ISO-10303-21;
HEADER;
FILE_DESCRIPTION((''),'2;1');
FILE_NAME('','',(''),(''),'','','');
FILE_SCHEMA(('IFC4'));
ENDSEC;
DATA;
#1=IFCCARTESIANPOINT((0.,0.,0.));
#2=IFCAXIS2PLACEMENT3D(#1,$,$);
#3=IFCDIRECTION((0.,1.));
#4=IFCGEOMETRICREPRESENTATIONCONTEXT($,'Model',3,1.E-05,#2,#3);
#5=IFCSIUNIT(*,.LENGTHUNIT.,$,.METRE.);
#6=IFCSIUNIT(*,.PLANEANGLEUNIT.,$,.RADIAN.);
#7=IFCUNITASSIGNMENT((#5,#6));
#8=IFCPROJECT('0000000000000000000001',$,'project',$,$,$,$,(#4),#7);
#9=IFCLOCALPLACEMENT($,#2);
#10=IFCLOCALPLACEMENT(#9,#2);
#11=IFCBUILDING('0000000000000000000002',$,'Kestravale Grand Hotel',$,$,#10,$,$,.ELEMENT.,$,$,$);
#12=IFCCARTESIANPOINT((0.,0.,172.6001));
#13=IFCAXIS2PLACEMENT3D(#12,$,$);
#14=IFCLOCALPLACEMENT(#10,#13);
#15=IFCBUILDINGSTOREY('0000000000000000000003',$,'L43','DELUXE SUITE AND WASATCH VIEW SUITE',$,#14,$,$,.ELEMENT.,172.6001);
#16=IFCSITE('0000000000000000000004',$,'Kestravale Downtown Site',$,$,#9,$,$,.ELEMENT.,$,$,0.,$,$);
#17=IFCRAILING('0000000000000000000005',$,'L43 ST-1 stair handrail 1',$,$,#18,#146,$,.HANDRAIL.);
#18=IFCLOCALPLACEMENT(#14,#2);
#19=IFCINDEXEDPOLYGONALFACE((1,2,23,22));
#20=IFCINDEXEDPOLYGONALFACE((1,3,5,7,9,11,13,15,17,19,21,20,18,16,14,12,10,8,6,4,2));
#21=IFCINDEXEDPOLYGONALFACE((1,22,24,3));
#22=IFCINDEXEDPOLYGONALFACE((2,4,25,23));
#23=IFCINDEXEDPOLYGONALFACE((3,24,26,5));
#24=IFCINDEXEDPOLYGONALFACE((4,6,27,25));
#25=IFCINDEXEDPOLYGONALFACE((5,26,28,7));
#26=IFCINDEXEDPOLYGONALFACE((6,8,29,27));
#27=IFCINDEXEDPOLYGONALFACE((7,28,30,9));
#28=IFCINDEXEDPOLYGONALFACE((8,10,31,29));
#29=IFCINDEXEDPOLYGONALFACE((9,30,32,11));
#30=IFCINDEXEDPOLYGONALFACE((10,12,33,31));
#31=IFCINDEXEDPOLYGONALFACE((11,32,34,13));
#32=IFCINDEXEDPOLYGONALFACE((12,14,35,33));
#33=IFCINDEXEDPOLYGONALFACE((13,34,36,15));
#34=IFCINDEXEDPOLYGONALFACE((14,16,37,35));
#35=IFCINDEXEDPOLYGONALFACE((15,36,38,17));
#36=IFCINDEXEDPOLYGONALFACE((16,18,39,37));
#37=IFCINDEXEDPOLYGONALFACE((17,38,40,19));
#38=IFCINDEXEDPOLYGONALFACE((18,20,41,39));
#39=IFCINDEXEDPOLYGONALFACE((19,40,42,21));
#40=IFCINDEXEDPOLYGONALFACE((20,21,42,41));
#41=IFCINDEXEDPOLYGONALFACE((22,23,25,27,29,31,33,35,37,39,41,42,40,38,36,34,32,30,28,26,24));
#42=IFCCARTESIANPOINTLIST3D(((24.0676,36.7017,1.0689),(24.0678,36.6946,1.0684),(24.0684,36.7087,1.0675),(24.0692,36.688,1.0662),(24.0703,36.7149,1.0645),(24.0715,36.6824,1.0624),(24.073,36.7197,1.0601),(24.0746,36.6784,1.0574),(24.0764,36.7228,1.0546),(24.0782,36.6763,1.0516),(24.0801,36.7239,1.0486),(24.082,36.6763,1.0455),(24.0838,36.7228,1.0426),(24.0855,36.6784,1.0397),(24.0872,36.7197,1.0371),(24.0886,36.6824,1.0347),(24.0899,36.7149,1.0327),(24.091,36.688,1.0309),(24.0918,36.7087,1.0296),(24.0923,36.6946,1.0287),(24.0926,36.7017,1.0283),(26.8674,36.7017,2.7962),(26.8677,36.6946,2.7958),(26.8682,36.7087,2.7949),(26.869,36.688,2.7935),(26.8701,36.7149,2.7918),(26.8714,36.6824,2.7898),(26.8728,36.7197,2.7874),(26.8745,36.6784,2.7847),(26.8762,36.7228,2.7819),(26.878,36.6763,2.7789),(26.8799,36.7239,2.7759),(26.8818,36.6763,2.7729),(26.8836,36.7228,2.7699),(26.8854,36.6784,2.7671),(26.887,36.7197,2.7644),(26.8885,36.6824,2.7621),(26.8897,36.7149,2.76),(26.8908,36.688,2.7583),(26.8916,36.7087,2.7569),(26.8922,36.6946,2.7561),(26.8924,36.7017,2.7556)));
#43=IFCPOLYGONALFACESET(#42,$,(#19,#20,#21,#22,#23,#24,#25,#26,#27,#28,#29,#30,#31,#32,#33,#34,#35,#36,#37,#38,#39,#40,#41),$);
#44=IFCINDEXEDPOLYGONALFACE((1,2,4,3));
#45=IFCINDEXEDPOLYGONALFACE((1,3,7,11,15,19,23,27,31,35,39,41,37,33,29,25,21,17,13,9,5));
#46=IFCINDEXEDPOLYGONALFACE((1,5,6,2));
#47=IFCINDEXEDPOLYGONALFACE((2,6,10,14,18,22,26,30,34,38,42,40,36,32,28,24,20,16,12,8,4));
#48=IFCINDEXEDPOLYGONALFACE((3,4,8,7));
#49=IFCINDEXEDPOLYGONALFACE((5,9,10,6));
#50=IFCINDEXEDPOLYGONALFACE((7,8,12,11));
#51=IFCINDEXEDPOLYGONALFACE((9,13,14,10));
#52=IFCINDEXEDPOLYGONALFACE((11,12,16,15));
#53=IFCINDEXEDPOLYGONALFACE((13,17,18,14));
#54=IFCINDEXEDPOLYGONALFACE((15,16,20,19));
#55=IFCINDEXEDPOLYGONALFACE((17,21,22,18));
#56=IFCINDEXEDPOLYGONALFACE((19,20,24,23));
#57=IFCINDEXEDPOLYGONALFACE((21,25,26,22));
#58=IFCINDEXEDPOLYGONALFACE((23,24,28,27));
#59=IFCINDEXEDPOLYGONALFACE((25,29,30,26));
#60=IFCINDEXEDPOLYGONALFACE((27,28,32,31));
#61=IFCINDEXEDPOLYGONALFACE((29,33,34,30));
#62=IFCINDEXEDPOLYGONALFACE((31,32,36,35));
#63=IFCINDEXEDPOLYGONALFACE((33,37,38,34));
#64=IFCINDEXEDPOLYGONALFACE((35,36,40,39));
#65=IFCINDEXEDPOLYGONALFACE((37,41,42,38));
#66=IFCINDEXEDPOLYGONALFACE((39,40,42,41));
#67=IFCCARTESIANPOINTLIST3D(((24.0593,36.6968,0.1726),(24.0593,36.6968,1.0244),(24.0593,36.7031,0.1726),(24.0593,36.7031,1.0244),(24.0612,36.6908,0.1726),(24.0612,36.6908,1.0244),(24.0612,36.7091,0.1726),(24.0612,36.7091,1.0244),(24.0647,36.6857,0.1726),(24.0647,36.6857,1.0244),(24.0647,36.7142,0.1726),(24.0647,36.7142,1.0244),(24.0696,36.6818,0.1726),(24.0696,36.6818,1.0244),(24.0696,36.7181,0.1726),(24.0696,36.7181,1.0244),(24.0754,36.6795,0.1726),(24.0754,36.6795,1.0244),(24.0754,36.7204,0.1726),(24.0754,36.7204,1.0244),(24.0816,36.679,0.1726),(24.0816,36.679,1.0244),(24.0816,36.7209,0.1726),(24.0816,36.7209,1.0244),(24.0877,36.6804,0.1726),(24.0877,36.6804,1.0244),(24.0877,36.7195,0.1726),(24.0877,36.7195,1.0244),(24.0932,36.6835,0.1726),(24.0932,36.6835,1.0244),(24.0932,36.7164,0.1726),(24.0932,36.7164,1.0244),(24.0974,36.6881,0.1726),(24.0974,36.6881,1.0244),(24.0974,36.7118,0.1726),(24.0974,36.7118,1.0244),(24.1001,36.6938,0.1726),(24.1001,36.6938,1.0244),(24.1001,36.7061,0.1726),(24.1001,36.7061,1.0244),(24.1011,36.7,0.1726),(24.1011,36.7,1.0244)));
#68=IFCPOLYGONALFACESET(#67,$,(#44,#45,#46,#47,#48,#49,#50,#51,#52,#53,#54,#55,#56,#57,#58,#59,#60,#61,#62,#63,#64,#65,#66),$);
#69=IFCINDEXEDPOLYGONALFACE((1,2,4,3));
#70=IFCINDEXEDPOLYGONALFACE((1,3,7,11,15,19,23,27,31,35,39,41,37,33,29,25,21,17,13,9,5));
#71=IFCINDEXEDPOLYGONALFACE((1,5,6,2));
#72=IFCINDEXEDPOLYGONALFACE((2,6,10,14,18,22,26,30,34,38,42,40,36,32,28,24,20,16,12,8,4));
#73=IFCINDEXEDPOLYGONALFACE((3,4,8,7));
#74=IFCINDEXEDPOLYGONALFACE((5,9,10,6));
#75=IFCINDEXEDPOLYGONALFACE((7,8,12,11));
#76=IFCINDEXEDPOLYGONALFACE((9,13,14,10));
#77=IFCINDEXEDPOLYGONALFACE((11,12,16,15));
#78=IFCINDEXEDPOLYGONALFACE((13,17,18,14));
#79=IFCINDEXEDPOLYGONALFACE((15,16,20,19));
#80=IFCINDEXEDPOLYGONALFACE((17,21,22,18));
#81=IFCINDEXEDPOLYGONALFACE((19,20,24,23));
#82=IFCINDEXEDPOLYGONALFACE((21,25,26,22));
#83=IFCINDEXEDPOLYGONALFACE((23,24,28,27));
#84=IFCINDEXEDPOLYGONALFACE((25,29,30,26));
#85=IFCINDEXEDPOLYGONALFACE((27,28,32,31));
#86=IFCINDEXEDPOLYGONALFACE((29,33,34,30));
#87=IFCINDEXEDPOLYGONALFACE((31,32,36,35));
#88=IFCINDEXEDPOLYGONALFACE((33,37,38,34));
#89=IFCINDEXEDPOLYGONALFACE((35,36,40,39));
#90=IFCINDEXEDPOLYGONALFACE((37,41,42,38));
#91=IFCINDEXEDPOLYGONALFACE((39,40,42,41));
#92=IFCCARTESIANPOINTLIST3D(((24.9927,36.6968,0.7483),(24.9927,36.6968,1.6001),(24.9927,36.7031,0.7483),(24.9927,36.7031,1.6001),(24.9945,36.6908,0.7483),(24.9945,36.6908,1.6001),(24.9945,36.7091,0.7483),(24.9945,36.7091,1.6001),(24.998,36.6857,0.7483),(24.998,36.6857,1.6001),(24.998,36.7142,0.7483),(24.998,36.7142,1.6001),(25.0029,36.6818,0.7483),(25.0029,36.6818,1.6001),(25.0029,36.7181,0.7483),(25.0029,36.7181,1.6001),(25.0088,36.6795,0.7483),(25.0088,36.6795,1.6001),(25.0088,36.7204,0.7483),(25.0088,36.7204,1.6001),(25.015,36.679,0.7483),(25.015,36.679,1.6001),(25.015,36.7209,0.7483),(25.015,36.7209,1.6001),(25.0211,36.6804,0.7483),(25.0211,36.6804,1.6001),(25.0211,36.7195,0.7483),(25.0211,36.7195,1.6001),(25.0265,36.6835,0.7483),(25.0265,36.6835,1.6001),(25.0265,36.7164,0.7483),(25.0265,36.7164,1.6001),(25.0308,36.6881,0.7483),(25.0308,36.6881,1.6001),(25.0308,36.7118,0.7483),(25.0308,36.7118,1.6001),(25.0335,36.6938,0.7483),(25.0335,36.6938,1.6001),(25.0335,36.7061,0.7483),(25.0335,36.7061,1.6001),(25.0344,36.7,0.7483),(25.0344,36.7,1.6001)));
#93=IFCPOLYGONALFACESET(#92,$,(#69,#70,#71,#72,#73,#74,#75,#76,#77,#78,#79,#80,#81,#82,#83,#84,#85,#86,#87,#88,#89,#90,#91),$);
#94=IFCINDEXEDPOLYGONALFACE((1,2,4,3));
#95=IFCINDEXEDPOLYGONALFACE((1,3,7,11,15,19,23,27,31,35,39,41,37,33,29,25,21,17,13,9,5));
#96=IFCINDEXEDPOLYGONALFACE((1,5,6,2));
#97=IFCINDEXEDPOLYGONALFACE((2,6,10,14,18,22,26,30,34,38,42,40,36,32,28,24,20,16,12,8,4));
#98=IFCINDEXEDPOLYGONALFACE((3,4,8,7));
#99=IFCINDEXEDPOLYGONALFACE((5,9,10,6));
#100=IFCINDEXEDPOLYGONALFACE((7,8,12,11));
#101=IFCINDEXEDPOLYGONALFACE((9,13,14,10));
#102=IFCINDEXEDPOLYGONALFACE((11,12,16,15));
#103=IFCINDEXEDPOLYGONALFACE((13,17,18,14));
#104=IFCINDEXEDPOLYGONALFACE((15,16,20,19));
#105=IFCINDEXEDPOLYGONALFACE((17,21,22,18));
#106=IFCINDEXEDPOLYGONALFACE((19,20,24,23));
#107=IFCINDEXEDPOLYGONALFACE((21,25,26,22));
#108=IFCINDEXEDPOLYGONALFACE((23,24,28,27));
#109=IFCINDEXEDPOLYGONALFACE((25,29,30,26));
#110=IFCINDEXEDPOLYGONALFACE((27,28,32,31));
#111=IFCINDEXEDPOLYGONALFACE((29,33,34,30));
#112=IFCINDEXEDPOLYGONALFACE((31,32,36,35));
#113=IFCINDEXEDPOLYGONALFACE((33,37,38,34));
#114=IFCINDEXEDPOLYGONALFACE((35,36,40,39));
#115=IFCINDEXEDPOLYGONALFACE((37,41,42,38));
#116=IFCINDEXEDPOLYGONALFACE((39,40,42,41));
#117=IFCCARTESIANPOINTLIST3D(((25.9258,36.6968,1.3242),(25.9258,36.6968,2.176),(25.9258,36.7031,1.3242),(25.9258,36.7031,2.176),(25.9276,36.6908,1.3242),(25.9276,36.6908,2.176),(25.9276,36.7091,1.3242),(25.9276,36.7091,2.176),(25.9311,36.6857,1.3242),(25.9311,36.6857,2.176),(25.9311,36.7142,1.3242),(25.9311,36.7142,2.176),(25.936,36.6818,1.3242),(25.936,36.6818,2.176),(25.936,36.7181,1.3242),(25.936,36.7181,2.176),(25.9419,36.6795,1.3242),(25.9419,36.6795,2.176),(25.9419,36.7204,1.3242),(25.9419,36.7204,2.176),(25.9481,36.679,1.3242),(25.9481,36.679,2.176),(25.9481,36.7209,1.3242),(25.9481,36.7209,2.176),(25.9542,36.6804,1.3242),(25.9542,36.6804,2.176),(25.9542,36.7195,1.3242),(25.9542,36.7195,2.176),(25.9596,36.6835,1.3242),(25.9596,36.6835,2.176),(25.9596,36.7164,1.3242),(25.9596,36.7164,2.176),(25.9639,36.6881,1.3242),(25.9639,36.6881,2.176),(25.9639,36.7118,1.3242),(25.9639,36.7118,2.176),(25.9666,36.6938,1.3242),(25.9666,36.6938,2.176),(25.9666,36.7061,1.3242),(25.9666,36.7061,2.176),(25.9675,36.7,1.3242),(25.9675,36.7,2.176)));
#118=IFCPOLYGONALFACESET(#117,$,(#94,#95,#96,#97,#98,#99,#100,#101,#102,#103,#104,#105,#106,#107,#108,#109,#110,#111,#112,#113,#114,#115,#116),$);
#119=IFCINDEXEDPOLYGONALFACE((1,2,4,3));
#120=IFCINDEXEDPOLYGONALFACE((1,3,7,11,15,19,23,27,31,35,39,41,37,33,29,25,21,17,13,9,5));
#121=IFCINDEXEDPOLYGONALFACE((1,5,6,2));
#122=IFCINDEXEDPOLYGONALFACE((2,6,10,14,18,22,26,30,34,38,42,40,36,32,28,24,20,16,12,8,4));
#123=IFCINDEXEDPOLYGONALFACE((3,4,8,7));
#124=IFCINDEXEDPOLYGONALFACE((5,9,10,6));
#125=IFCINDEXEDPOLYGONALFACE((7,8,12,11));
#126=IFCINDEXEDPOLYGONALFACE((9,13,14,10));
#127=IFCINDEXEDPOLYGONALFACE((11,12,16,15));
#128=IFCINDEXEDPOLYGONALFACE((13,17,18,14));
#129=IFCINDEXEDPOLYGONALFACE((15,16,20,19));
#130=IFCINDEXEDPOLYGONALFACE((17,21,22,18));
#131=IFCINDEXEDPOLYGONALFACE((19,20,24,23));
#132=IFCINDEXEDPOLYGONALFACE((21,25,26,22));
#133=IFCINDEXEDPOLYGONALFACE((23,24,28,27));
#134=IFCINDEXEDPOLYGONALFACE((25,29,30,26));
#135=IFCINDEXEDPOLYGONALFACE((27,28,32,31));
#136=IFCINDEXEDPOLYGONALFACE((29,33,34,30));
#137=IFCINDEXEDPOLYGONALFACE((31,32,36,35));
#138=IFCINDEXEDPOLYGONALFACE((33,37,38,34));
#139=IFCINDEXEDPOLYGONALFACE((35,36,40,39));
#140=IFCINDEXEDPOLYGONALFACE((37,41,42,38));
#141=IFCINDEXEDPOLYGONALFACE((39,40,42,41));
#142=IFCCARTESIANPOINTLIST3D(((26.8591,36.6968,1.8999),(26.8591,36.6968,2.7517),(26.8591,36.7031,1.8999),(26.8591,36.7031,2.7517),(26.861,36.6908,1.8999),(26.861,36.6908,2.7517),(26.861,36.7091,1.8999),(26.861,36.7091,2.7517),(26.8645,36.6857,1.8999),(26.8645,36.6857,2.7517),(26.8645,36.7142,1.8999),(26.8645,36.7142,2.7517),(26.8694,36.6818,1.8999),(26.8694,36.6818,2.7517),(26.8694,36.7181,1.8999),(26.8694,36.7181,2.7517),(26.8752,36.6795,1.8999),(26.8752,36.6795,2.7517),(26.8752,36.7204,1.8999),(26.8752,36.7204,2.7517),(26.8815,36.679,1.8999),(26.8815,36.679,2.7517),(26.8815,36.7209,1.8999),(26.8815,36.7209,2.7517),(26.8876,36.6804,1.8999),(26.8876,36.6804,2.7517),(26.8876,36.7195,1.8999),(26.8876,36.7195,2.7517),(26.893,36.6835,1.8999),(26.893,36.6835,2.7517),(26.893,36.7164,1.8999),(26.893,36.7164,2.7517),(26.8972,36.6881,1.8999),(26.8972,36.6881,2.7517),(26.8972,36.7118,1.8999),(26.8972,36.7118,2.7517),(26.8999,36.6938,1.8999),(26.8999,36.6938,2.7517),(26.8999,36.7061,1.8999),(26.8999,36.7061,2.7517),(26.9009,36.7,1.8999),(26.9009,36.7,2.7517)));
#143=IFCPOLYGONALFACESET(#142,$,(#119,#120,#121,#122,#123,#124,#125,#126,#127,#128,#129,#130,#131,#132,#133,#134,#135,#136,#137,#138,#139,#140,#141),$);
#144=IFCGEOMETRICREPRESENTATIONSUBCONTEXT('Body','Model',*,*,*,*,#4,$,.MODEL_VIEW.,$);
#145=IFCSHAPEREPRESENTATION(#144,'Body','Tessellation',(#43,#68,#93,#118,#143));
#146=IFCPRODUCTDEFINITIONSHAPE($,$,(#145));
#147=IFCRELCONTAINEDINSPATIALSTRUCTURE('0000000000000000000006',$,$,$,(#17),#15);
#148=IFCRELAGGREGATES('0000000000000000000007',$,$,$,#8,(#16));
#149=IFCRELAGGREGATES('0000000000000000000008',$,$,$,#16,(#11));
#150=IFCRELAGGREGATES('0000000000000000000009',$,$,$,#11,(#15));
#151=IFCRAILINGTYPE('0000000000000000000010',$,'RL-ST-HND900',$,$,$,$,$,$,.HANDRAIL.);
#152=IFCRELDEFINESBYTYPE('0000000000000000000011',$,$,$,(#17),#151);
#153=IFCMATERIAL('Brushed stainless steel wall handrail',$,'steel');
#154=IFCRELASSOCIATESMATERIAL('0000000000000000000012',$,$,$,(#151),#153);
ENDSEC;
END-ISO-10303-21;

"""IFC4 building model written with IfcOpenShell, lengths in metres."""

from ifc_helpers import new_model, si_unit, direction, frame, origin, origin_2d, place, context, subcontext, project, spatial, circle, extrude, material, type_object, element, save


model = new_model("IFC4")

# Units and contexts
model_context = context("Model", 3, precision=1e-05, world=origin(), true_north=direction((0.0, 1.0)))
body_context = subcontext(model_context, "Body", "Model", "MODEL_VIEW")
ifc_project = project(units=[si_unit("LENGTHUNIT", "METRE"), si_unit("PLANEANGLEUNIT", "RADIAN")], contexts=[model_context])

# Site, building, storey
site_placement = place(None, origin())
site = spatial("IfcSite", under=ifc_project, at=site_placement, Name="Kestravale Downtown Site", CompositionType="ELEMENT", RefElevation=0.0)
building_placement = place(site_placement, origin())
building = spatial("IfcBuilding", under=site, at=building_placement, Name="Kestravale Grand Hotel", CompositionType="ELEMENT")
storey_placement = place(building_placement, frame((0.0, 0.0, 172.6001)))
storey = spatial("IfcBuildingStorey", under=building, at=storey_placement, Name="L43", Description="DELUXE SUITE AND WASATCH VIEW SUITE", CompositionType="ELEMENT", Elevation=172.6001)

# Railing
ifc_material_1 = material(Name="Brushed stainless steel wall handrail", Category="steel")
railing_type = type_object("IfcRailingType", Name="RL-ST-HND900", PredefinedType="HANDRAIL", material=ifc_material_1)
railing_placement = place(storey_placement, frame((24.0801, 36.7, 0.1726)))
element("IfcRailing", 1, at=railing_placement, inside=storey, type_object=railing_type, Name="L43 ST-1 stair handrail 1", PredefinedType="HANDRAIL", context=body_context, shape_type="SweptSolid", body=[
    extrude(circle(Radius=0.0239, at=origin_2d()), frame((0.0, 0.0, 0.876), z_axis=(0.851069, 0.0, 0.525054), x_axis=(0.0, 1.0, 0.0)), (0.0, 0.0, 1.0), 3.2898),
    extrude(circle(Radius=0.021, at=origin_2d()), origin(), (0.0, 0.0, 1.0), 0.8518),
    extrude(circle(Radius=0.021, at=origin_2d()), frame((0.9333, 0.0, 0.5757)), (0.0, 0.0, 1.0), 0.8518),
    extrude(circle(Radius=0.021, at=origin_2d()), frame((1.8665, 0.0, 1.1516)), (0.0, 0.0, 1.0), 0.8518),
    extrude(circle(Radius=0.021, at=origin_2d()), frame((2.7998, 0.0, 1.7273)), (0.0, 0.0, 1.0), 0.8518),
])

save(model, "model.ifc")
